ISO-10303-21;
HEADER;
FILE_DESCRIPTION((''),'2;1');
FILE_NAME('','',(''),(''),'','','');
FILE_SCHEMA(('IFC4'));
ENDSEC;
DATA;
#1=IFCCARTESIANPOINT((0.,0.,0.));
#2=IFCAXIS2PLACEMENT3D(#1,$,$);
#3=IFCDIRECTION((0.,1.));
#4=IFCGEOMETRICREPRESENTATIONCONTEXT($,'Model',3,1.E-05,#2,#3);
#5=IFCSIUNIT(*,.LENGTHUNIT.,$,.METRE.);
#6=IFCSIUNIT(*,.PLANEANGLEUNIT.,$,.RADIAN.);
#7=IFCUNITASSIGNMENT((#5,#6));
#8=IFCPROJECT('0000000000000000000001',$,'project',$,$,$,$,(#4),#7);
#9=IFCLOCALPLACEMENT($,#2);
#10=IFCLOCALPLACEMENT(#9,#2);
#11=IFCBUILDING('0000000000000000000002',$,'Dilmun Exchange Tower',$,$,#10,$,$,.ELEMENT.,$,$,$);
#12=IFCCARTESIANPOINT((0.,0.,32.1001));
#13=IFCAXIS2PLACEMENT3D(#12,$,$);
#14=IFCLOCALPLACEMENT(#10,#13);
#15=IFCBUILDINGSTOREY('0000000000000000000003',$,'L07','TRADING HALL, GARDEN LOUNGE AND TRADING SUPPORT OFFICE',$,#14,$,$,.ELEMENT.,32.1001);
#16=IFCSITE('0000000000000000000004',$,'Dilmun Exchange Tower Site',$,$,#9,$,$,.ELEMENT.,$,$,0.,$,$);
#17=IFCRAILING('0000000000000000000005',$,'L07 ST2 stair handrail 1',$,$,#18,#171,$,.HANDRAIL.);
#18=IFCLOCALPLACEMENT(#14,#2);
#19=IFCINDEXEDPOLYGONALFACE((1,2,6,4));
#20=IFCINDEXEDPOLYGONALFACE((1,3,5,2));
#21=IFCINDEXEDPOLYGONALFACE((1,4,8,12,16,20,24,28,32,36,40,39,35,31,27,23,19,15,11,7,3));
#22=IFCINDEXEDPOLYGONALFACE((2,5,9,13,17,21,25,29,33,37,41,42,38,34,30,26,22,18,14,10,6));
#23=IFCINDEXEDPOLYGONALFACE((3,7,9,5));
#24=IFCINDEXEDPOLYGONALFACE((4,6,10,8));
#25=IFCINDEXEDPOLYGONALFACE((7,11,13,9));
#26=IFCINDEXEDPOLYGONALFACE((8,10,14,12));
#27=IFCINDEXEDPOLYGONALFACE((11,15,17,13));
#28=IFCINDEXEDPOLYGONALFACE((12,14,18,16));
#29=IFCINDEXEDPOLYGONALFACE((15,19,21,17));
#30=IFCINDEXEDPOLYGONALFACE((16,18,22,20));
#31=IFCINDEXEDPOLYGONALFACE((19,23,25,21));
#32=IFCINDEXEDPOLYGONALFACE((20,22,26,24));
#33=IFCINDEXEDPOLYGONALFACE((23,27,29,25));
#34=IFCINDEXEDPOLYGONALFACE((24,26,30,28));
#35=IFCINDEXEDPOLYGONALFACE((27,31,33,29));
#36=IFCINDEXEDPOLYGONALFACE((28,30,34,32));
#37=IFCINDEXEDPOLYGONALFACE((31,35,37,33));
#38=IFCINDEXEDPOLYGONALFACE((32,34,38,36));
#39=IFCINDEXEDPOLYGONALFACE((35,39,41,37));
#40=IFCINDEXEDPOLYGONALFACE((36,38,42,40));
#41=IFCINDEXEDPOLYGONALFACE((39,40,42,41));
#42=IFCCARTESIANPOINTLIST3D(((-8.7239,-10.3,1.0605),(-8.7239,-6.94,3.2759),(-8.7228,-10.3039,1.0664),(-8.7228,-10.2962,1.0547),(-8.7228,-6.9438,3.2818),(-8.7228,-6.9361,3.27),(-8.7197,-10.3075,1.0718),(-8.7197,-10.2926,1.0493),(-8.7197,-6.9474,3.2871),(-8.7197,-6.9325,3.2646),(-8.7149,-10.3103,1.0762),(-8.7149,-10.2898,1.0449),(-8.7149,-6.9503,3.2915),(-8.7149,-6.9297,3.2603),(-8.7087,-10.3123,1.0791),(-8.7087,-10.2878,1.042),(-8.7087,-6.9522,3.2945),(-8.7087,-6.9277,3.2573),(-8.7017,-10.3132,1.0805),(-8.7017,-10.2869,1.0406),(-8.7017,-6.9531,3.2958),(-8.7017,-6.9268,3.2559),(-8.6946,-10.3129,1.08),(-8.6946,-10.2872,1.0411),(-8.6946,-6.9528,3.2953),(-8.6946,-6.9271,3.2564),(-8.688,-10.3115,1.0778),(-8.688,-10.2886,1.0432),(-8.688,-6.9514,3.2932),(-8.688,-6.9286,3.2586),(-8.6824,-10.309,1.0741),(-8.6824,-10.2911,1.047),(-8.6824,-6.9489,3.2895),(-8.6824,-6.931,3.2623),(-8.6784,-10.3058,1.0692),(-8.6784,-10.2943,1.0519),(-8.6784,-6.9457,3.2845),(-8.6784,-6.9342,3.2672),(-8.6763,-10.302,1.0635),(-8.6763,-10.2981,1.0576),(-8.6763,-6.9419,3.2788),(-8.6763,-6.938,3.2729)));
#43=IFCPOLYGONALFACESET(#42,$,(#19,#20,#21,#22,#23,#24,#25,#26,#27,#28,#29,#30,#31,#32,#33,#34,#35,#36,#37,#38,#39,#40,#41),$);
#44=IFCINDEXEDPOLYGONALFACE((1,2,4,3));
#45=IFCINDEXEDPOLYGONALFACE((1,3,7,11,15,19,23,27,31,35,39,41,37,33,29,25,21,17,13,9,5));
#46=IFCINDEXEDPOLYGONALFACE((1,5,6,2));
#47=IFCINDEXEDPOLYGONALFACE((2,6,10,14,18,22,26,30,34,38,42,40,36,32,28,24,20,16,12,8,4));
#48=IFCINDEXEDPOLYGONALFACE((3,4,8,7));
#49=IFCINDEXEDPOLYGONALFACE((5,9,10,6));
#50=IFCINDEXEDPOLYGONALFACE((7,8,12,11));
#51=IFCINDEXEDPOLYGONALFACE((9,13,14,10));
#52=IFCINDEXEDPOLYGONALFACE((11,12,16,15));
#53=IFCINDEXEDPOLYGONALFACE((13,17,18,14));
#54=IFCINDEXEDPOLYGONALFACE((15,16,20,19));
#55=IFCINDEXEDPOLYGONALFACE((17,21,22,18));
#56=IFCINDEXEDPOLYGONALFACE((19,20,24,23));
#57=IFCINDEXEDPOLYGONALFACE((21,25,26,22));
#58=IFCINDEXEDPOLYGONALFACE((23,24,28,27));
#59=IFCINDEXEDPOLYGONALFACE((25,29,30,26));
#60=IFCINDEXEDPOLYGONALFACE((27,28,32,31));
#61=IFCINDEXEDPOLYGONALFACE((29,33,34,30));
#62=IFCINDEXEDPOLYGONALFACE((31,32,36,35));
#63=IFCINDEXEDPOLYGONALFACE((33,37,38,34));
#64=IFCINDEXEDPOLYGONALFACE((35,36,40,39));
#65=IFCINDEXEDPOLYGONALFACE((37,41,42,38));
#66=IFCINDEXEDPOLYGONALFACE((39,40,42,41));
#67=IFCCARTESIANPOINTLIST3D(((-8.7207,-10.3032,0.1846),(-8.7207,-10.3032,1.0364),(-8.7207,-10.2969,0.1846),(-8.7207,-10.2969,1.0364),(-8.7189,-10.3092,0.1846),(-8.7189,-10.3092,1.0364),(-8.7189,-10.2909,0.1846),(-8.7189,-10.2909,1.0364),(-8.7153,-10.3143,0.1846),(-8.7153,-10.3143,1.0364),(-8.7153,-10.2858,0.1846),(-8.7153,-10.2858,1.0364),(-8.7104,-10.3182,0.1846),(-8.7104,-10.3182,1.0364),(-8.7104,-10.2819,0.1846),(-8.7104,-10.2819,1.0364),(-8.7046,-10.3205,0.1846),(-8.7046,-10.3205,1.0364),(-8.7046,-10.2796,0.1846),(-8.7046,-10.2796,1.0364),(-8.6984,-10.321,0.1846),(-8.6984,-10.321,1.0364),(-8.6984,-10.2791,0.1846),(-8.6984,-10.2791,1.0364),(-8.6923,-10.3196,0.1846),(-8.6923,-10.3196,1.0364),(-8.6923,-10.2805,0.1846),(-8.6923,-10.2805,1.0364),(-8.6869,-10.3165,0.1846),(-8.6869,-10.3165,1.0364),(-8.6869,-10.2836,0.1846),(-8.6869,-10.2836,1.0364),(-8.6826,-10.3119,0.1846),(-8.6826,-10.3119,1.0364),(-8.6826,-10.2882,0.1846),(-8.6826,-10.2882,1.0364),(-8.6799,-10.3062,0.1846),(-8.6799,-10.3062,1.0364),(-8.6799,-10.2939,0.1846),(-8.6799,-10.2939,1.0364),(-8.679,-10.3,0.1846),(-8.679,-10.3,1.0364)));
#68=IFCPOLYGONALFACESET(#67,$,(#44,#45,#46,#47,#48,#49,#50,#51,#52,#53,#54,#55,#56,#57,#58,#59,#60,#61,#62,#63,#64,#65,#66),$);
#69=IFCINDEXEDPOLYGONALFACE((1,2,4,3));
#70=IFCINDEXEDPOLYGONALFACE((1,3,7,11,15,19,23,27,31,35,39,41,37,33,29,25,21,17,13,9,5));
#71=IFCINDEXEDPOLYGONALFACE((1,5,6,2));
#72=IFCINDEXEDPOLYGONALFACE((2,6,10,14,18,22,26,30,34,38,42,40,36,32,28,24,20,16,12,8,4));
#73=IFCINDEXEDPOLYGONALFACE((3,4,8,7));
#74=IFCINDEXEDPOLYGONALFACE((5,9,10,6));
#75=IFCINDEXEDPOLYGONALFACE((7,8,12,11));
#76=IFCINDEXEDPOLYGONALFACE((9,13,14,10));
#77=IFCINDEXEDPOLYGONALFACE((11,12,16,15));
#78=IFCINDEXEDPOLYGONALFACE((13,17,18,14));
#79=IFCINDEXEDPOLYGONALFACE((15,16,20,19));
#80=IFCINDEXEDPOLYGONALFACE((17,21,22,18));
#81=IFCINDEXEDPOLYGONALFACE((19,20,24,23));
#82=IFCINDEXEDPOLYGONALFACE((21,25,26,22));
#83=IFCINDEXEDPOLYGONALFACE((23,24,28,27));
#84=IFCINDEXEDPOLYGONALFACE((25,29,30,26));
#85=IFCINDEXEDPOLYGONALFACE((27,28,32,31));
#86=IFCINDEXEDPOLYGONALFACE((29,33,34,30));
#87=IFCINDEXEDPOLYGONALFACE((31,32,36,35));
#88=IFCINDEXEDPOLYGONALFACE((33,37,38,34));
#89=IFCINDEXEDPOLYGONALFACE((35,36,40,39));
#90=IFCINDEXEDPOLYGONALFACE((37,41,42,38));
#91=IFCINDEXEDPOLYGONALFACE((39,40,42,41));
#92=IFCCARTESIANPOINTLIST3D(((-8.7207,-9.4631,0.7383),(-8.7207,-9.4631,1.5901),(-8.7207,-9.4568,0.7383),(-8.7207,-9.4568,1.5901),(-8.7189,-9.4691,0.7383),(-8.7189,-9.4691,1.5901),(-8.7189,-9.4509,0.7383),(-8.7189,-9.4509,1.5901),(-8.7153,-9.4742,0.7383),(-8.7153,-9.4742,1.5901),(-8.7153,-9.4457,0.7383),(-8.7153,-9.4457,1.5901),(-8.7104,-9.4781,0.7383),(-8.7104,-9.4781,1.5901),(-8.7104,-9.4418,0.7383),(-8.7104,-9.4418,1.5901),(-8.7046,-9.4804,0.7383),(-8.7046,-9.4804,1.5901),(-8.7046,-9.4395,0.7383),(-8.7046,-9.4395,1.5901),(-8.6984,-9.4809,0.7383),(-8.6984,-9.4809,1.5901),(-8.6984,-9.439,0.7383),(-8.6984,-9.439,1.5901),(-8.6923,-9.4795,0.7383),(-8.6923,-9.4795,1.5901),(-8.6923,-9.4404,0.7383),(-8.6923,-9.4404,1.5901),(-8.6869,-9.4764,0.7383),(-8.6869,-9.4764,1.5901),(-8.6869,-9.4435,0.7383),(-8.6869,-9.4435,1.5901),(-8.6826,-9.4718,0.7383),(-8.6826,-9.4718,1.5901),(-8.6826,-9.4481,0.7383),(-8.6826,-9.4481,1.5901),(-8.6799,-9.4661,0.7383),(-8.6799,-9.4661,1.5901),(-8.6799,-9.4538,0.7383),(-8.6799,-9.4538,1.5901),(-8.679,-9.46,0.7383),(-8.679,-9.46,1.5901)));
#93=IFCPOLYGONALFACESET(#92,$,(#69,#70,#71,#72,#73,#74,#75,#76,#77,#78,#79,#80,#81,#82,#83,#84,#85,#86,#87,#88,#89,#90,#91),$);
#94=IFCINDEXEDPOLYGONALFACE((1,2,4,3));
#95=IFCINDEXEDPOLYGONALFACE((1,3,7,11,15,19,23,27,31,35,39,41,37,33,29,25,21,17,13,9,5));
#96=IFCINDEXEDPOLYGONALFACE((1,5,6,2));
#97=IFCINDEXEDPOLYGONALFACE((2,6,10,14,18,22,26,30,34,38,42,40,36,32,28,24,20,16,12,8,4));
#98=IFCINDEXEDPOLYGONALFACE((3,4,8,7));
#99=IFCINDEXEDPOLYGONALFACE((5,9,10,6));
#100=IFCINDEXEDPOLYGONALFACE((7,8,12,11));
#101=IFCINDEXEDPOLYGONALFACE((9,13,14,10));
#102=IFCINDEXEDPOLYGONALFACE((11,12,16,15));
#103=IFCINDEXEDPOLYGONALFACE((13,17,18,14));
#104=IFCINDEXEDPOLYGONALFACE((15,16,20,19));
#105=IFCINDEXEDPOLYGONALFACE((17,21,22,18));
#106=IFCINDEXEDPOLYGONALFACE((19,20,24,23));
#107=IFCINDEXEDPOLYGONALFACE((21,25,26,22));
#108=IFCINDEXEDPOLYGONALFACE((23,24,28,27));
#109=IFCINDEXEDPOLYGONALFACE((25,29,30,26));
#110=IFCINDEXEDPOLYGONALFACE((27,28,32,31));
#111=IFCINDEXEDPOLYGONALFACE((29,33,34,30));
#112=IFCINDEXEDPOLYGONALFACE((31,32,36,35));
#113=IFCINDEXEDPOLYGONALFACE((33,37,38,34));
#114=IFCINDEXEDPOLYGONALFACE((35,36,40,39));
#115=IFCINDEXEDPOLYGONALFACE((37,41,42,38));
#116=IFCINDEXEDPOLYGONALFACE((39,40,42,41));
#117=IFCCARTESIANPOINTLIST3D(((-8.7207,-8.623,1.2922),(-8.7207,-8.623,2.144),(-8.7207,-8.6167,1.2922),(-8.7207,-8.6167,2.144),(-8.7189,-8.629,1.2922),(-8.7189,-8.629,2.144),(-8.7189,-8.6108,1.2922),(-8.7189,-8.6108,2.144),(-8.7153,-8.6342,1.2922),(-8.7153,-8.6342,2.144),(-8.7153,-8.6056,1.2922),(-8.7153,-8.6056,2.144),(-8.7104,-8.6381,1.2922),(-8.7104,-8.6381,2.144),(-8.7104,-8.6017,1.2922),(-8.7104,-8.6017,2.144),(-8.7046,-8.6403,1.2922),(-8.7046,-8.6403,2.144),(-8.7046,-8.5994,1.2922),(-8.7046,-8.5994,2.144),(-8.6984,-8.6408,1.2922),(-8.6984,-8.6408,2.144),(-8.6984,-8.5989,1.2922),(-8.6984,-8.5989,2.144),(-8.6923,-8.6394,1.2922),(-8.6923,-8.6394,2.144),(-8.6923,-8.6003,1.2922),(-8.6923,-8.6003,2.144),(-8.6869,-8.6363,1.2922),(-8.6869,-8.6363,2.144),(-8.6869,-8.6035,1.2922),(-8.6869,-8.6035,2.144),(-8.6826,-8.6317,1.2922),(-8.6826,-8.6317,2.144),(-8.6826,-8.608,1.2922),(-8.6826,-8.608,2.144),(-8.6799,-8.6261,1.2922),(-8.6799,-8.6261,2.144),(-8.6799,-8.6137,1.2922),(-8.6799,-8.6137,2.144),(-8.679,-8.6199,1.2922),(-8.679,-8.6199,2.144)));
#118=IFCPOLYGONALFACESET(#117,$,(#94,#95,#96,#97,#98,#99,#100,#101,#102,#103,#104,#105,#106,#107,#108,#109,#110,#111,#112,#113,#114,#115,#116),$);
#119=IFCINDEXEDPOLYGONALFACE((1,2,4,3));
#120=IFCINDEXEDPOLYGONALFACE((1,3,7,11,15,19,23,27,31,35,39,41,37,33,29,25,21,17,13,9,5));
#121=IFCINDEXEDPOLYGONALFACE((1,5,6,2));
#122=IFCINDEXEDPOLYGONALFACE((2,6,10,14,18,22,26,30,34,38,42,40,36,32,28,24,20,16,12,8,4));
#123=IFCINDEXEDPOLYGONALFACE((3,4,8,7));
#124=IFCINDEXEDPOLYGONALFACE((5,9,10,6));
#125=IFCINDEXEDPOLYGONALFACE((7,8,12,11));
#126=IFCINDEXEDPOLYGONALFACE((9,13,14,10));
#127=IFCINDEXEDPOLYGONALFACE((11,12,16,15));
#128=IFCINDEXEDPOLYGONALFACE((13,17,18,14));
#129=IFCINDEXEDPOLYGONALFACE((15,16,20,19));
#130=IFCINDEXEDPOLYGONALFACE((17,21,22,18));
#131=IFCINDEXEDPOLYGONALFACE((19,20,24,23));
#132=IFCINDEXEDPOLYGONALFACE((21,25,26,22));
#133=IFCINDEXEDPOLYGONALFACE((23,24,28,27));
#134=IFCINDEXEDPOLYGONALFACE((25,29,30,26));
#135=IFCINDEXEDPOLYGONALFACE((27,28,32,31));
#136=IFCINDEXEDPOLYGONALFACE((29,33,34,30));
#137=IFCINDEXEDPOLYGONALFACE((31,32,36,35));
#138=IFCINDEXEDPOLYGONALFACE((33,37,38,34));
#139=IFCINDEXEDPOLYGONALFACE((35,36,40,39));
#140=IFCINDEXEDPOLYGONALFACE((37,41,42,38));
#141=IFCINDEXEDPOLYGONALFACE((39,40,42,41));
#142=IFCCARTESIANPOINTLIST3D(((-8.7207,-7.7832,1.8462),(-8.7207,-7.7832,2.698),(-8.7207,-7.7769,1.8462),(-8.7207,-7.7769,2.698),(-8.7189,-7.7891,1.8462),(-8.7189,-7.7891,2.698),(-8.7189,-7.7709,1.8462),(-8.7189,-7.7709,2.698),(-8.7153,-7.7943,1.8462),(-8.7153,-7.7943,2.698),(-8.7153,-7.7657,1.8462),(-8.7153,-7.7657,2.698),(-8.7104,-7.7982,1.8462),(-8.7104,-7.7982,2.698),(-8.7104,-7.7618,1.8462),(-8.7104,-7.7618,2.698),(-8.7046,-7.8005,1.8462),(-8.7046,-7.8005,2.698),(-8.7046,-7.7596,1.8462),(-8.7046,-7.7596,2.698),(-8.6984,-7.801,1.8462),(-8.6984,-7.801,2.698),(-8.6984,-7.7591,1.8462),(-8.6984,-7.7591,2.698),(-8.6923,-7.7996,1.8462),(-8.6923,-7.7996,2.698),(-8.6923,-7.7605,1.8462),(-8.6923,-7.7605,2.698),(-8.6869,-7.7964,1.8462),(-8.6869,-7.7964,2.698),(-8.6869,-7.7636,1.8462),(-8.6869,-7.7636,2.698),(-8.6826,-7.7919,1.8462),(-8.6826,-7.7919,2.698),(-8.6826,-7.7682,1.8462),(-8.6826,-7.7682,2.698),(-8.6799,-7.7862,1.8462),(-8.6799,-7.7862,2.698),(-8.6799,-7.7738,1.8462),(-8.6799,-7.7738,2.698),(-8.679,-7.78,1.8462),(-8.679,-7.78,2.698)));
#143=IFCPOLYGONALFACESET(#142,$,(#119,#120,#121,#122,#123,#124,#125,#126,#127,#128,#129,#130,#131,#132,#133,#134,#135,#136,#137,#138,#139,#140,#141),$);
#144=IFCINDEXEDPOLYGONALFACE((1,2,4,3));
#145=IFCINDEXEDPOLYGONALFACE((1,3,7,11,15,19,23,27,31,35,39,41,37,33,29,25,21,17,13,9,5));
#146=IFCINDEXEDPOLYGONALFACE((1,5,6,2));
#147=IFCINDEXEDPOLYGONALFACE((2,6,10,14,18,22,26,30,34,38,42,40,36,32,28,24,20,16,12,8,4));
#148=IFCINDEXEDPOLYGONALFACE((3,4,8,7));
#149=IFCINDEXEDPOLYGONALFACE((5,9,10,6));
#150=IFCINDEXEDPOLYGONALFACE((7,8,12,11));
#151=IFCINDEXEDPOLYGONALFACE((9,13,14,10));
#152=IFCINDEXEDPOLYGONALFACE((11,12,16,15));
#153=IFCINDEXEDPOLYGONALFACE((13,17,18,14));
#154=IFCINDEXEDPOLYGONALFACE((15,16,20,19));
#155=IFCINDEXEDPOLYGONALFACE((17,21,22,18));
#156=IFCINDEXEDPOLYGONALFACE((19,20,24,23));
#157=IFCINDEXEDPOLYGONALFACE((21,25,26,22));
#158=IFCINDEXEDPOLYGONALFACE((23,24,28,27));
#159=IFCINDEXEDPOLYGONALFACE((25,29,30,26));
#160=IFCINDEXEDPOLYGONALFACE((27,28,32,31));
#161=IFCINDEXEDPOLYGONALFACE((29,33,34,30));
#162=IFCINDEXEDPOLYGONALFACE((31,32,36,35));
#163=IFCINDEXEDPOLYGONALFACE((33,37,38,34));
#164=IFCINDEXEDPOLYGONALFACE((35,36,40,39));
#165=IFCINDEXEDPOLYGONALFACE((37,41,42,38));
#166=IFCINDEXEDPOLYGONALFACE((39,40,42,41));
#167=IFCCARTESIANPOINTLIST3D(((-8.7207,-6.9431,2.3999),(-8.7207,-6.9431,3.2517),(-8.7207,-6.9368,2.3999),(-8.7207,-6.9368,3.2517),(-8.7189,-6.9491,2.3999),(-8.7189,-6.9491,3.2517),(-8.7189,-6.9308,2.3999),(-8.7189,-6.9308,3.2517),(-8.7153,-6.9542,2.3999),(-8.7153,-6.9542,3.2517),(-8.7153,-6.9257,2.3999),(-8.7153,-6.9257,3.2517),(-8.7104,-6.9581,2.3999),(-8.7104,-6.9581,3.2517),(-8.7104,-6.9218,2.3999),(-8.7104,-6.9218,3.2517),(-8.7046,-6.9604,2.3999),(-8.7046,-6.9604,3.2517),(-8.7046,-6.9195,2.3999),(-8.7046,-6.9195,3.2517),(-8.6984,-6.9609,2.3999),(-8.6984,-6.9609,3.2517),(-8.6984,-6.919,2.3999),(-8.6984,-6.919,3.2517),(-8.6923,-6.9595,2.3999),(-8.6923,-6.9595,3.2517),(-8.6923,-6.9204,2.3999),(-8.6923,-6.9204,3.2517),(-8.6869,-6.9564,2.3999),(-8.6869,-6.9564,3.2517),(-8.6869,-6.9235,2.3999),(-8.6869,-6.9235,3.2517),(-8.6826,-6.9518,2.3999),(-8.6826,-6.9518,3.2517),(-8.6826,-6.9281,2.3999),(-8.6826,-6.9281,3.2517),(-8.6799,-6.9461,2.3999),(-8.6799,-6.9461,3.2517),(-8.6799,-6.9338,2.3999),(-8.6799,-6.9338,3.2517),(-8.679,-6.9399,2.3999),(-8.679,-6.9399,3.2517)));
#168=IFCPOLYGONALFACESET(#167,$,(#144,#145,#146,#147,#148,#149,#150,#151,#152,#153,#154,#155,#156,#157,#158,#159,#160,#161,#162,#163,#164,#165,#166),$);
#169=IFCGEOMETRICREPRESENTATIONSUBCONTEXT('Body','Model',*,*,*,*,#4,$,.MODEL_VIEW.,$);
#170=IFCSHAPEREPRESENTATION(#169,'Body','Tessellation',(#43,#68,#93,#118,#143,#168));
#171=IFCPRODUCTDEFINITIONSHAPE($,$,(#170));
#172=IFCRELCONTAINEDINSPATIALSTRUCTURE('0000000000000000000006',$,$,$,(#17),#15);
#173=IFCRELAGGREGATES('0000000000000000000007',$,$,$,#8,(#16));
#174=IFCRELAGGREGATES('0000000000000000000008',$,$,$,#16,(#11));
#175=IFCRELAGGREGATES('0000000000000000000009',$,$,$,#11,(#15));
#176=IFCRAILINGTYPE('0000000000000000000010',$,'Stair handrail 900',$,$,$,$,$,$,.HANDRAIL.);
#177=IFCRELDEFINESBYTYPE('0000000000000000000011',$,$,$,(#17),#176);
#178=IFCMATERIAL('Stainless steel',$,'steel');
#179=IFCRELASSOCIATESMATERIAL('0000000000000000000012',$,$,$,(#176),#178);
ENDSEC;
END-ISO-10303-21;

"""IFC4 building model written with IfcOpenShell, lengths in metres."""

from ifc_helpers import new_model, si_unit, direction, frame, origin, origin_2d, place, context, subcontext, project, spatial, circle, extrude, material, type_object, element, save


model = new_model("IFC4")

# Units and contexts
model_context = context("Model", 3, precision=1e-05, world=origin(), true_north=direction((0.0, 1.0)))
body_context = subcontext(model_context, "Body", "Model", "MODEL_VIEW")
ifc_project = project(units=[si_unit("LENGTHUNIT", "METRE"), si_unit("PLANEANGLEUNIT", "RADIAN")], contexts=[model_context])

# Site, building, storey
site_placement = place(None, origin())
site = spatial("IfcSite", under=ifc_project, at=site_placement, Name="Dilmun Exchange Tower Site", CompositionType="ELEMENT", RefElevation=0.0)
building_placement = place(site_placement, origin())
building = spatial("IfcBuilding", under=site, at=building_placement, Name="Dilmun Exchange Tower", CompositionType="ELEMENT")
storey_placement = place(building_placement, frame((0.0, 0.0, 32.1001)))
storey = spatial("IfcBuildingStorey", under=building, at=storey_placement, Name="L07", Description="TRADING HALL, GARDEN LOUNGE AND TRADING SUPPORT OFFICE", CompositionType="ELEMENT", Elevation=32.1001)

# Railing
ifc_material_1 = material(Name="Stainless steel", Category="steel")
railing_type = type_object("IfcRailingType", Name="Stair handrail 900", PredefinedType="HANDRAIL", material=ifc_material_1)
railing_1_placement = place(storey_placement, frame((-8.7, -10.3, 0.1846)))
element("IfcRailing", 1, at=railing_1_placement, inside=storey, type_object=railing_type, Name="L07 ST2 stair handrail 1", PredefinedType="HANDRAIL", context=body_context, shape_type="SweptSolid", body=[
    extrude(circle(Radius=0.0239, at=origin_2d()), frame((0.0, 0.0, 0.876), z_axis=(0.0, 0.834876, 0.550437), x_axis=(-1.0, 0.0, 0.0)), (0.0, 0.0, 1.0), 4.0247),
    extrude(circle(Radius=0.021, at=origin_2d()), origin(), (0.0, 0.0, 1.0), 0.8518),
    extrude(circle(Radius=0.021, at=origin_2d()), frame((0.0, 0.8401, 0.5537)), (0.0, 0.0, 1.0), 0.8518),
    extrude(circle(Radius=0.021, at=origin_2d()), frame((0.0, 1.6802, 1.1077)), (0.0, 0.0, 1.0), 0.8518),
    extrude(circle(Radius=0.021, at=origin_2d()), frame((0.0, 2.52, 1.6616)), (0.0, 0.0, 1.0), 0.8518),
    extrude(circle(Radius=0.021, at=origin_2d()), frame((0.0, 3.3601, 2.2153)), (0.0, 0.0, 1.0), 0.8518),
])

save(model, "model.ifc")
